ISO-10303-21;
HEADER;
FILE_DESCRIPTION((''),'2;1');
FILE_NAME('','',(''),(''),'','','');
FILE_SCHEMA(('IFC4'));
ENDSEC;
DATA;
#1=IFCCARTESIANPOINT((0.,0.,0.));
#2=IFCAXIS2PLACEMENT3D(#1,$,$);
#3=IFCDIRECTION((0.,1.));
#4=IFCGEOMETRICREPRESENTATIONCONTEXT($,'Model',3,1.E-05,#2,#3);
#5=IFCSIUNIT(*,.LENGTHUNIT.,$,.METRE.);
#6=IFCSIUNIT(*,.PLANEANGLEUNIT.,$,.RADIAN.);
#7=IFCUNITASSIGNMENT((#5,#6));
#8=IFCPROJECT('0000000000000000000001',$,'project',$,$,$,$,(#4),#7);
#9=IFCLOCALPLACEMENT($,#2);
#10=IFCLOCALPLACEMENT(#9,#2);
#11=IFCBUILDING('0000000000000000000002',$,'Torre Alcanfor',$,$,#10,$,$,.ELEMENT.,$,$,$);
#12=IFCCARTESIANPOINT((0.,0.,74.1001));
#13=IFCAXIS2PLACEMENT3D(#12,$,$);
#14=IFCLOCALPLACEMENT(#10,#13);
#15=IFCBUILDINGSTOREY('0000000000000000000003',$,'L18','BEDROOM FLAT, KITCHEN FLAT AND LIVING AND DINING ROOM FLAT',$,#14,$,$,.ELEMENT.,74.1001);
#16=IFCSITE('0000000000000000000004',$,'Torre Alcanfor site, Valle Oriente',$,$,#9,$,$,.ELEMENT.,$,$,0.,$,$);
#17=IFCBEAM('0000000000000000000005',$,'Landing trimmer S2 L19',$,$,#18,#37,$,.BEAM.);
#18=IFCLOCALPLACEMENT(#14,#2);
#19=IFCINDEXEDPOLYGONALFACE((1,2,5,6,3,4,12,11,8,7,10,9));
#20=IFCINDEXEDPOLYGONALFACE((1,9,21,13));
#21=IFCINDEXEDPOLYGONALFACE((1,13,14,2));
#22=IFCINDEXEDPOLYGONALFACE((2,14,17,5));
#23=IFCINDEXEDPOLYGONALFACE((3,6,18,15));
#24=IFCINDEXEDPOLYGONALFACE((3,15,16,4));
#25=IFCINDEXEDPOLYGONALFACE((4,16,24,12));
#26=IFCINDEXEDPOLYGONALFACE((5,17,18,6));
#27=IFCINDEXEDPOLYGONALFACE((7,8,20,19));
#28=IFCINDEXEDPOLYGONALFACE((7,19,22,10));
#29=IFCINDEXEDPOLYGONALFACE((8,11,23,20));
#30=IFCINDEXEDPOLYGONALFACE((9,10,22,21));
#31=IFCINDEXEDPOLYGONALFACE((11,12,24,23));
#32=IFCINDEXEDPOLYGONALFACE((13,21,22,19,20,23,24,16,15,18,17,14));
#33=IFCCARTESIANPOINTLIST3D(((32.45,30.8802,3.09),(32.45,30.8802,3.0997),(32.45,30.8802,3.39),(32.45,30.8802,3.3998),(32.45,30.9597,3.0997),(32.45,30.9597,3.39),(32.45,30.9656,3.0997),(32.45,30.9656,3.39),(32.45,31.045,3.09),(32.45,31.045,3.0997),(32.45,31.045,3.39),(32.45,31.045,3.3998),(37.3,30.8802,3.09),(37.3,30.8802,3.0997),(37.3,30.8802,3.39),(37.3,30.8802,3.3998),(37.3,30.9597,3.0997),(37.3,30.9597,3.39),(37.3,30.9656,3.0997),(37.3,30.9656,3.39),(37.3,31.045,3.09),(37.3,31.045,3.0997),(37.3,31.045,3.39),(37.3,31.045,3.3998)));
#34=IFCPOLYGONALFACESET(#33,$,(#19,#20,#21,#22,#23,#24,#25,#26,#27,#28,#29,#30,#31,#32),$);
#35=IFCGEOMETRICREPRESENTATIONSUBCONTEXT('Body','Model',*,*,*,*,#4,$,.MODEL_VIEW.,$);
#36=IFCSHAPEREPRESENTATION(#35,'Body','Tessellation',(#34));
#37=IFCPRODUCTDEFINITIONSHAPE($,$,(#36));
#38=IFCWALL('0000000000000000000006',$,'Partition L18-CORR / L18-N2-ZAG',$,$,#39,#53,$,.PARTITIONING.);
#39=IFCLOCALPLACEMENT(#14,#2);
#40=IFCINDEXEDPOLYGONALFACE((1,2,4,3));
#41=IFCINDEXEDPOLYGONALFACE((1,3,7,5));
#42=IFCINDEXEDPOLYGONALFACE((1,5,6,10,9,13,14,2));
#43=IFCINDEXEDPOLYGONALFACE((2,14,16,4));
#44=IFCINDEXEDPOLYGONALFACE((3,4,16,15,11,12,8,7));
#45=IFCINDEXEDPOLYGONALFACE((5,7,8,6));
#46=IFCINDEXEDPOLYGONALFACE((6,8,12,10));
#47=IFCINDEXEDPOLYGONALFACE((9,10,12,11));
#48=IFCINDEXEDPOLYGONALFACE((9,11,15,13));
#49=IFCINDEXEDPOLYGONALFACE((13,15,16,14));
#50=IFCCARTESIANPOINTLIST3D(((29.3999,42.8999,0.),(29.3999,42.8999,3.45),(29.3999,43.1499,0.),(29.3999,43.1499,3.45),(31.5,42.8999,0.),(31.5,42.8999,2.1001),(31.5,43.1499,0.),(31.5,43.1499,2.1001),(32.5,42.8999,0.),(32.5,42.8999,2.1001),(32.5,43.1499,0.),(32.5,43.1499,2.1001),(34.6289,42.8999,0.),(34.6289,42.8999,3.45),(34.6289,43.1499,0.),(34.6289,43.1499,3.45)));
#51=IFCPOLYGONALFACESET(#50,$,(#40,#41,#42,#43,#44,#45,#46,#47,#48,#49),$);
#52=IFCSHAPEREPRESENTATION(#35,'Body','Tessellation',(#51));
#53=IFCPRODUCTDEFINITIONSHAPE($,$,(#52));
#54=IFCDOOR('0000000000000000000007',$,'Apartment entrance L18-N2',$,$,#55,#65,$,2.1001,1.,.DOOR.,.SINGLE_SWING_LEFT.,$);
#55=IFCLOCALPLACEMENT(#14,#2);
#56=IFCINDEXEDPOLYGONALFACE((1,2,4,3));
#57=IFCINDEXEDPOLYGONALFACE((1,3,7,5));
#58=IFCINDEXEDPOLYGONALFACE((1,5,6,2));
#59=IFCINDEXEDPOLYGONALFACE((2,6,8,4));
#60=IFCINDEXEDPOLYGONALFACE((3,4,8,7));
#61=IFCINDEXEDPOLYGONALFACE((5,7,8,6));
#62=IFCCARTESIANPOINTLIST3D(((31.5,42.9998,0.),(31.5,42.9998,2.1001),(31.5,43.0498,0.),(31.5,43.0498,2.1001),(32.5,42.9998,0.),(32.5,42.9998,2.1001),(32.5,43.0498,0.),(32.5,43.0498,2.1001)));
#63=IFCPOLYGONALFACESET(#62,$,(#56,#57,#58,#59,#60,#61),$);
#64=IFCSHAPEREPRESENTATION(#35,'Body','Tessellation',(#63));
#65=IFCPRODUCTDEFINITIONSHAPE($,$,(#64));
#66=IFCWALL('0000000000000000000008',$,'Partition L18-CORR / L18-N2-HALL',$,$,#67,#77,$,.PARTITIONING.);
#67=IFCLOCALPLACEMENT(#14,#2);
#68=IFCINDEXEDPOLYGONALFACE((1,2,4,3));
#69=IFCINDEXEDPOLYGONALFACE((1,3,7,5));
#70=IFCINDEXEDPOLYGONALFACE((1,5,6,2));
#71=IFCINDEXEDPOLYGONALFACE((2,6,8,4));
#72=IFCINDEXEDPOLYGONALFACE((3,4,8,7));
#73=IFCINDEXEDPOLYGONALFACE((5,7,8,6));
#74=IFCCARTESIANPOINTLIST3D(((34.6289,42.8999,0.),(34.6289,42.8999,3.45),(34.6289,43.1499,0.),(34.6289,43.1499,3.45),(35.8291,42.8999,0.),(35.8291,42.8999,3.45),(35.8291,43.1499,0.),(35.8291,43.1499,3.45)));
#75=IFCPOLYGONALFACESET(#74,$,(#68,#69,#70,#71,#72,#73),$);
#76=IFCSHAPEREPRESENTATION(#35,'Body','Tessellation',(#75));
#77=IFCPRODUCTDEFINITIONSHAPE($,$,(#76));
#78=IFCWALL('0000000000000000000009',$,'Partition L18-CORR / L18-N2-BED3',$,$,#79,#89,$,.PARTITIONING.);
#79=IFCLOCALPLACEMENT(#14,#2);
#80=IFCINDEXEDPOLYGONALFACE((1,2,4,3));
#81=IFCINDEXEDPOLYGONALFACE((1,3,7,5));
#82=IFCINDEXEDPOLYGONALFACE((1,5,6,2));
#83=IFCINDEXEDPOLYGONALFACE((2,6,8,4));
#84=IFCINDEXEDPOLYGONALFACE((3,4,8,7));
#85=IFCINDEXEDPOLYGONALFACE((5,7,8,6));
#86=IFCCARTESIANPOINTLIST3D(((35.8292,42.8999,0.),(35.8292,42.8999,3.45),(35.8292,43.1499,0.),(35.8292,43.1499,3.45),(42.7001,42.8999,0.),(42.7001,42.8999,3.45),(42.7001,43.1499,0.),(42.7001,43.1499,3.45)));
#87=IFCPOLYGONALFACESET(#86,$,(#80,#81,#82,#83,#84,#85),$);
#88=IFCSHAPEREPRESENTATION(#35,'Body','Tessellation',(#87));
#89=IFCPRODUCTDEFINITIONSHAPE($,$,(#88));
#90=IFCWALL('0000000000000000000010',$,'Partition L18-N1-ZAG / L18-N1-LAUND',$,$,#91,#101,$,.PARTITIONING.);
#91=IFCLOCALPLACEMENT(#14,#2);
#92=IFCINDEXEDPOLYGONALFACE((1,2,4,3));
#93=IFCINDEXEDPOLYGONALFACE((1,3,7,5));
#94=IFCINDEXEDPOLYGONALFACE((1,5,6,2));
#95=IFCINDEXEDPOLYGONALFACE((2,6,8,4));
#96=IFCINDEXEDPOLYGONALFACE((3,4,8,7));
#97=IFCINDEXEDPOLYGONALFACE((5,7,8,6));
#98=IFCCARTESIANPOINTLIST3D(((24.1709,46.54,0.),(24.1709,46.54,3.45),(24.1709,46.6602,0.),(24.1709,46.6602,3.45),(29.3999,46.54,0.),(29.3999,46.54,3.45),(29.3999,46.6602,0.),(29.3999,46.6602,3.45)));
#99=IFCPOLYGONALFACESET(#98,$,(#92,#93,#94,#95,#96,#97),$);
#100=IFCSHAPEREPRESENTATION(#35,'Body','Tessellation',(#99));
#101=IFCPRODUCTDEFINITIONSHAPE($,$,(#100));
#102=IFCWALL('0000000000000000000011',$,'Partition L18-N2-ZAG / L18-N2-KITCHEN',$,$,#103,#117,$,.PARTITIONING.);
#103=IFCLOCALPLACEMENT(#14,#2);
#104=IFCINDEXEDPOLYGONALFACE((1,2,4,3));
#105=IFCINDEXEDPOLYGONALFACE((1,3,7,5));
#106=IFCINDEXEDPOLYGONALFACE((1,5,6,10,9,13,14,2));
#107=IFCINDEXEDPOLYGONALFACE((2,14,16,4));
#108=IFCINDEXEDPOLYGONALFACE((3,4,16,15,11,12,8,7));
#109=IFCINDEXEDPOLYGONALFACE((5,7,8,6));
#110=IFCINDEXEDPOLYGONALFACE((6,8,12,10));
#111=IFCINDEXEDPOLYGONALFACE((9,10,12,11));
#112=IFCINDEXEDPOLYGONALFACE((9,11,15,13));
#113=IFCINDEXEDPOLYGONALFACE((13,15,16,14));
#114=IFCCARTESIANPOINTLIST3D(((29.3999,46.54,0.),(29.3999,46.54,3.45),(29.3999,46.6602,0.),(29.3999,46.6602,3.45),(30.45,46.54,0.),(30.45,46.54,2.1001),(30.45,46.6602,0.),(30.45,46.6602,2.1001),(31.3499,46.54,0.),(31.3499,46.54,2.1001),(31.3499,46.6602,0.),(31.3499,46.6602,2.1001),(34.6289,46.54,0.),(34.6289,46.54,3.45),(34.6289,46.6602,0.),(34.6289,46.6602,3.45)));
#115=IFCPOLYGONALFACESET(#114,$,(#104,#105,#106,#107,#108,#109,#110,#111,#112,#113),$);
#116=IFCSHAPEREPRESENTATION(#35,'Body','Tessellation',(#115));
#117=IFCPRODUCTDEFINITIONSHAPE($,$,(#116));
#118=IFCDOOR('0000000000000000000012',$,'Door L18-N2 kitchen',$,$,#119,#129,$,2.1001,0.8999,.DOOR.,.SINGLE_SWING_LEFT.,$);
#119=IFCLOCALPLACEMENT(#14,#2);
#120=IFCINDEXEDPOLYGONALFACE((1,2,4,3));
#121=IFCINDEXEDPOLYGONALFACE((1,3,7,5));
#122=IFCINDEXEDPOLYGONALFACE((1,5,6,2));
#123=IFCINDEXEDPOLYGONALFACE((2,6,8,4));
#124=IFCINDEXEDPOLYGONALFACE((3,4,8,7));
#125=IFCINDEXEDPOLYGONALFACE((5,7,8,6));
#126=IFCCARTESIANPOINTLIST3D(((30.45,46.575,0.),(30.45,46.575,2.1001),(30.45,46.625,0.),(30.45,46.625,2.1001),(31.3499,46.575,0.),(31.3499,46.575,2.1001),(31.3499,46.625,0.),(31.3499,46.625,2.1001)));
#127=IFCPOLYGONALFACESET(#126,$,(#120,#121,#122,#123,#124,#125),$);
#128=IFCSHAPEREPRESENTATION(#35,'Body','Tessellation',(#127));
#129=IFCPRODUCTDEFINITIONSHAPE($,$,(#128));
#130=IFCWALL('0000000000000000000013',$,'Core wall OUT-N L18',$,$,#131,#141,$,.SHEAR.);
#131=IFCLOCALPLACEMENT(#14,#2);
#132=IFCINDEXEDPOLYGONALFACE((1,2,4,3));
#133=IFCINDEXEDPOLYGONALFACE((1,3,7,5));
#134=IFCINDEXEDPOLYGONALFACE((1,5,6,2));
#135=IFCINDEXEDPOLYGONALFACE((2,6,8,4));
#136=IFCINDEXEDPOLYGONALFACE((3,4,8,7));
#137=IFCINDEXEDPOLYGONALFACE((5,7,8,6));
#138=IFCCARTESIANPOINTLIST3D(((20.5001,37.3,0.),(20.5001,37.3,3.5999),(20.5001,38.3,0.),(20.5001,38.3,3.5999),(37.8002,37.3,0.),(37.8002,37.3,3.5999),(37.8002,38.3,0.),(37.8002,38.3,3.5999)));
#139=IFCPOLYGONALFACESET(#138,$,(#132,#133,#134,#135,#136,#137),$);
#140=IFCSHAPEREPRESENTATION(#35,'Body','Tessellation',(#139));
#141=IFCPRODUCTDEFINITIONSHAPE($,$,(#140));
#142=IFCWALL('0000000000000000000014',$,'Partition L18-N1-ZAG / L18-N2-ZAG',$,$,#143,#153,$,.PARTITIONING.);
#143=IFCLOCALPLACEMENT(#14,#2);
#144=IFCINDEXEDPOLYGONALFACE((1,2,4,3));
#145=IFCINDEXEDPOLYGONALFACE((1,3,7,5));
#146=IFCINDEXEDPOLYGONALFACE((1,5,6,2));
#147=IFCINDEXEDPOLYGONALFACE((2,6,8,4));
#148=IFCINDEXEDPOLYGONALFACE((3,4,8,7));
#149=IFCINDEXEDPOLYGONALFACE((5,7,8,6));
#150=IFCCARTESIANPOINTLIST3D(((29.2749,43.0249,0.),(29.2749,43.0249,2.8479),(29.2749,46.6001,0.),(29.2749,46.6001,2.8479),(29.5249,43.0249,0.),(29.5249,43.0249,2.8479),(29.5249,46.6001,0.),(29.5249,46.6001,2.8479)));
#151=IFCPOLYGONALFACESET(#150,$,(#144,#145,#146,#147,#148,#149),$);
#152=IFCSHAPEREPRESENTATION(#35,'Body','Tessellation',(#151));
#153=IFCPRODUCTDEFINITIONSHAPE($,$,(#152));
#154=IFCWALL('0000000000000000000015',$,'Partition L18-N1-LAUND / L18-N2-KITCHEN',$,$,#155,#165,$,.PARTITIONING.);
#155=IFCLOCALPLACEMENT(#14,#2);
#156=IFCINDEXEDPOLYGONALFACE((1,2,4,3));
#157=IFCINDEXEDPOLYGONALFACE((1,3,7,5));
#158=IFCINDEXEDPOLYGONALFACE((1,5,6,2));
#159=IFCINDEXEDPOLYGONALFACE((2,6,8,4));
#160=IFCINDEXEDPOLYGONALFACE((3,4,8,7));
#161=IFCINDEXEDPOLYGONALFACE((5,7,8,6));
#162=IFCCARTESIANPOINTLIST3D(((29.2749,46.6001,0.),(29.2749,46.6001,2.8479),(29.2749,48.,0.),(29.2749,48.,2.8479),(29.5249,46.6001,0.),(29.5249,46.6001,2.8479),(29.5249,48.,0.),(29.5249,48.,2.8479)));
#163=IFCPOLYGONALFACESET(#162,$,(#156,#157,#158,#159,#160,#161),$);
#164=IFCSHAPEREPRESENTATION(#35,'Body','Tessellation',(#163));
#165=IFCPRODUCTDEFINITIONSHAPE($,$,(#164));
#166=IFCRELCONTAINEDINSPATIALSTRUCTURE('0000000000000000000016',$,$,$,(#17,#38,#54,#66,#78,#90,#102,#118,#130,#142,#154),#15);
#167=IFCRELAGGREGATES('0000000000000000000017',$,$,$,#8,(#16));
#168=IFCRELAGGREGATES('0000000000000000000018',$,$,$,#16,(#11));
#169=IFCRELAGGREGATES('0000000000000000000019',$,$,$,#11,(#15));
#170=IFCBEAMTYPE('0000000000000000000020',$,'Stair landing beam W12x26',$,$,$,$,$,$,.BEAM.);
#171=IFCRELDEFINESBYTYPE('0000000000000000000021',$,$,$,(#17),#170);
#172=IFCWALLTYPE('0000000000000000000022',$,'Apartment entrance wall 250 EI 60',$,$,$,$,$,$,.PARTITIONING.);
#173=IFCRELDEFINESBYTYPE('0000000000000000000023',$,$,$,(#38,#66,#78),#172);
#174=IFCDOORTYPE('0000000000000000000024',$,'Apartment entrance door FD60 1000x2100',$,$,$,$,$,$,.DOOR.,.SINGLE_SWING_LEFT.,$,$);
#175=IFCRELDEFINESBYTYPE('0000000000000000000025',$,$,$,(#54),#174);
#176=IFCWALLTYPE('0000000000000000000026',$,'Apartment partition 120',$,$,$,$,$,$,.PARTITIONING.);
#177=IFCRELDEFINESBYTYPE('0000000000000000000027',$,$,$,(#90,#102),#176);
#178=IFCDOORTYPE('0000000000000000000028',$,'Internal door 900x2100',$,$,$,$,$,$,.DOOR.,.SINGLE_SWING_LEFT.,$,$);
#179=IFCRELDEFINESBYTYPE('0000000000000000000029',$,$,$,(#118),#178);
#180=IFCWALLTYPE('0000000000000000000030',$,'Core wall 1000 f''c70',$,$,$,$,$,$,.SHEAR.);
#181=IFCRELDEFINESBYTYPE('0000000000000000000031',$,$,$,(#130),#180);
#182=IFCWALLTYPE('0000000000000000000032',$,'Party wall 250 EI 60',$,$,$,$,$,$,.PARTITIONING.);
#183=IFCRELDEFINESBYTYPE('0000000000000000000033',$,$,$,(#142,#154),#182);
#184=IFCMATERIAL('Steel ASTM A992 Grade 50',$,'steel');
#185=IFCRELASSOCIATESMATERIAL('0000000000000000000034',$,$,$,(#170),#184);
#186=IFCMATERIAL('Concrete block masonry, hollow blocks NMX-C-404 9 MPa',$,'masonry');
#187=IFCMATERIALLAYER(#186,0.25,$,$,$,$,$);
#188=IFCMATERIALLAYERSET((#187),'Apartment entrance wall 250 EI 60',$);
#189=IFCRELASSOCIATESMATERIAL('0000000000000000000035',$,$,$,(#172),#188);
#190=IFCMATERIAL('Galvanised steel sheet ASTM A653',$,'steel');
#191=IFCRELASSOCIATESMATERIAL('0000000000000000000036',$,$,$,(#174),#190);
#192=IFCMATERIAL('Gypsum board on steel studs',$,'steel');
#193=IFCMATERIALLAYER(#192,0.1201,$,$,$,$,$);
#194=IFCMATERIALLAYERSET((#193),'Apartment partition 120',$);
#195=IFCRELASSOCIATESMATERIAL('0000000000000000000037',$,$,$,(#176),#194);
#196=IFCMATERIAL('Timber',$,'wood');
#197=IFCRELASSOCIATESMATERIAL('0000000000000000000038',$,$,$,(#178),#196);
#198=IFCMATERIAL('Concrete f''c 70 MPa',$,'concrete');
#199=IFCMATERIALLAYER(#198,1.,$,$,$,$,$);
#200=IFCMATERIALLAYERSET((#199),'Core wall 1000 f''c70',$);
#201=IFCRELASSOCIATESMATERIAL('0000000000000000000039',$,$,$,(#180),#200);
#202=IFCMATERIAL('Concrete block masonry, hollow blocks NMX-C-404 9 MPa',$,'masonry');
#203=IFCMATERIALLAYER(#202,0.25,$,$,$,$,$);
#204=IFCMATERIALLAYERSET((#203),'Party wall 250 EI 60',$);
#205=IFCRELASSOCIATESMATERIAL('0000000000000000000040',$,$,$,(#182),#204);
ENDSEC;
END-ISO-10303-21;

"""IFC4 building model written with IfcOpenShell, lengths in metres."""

from ifc_helpers import new_model, si_unit, direction, frame, frame_2d, origin, origin_2d, place, context, subcontext, project, spatial, rectangle, i_section, extrude, material, layer, layer_set, material_profile, profile_set, type_object, element, fill, save


model = new_model("IFC4")

# Units and contexts
model_context = context("Model", 3, precision=1e-05, world=origin(), true_north=direction((0.0, 1.0)))
body_context = subcontext(model_context, "Body", "Model", "MODEL_VIEW")
ifc_project = project(units=[si_unit("LENGTHUNIT", "METRE"), si_unit("PLANEANGLEUNIT", "RADIAN")], contexts=[model_context])

# Site, building, storey
site_placement = place(None, origin())
site = spatial("IfcSite", under=ifc_project, at=site_placement, Name="Torre Alcanfor site, Valle Oriente", CompositionType="ELEMENT", RefElevation=0.0)
building_placement = place(site_placement, origin())
building = spatial("IfcBuilding", under=site, at=building_placement, Name="Torre Alcanfor", CompositionType="ELEMENT")
storey_placement = place(building_placement, frame((0.0, 0.0, 74.1001)))
storey = spatial("IfcBuildingStorey", under=building, at=storey_placement, Name="L18", Description="BEDROOM FLAT, KITCHEN FLAT AND LIVING AND DINING ROOM FLAT", CompositionType="ELEMENT", Elevation=74.1001)

# Beam
ifc_material_1 = material(Name="Steel ASTM A992 Grade 50", Category="steel")
ifc_material_profile_1 = material_profile(ifc_material_1, i_section(OverallWidth=0.1648, OverallDepth=0.3098, WebThickness=0.0059, FlangeThickness=0.0098, at=origin_2d()), Name="W12x26")
ifc_profile_set_1 = profile_set([ifc_material_profile_1], Name="Steel ASTM A992 Grade 50")
beam_type_1 = type_object("IfcBeamType", Name="Stair landing beam W12x26", PredefinedType="BEAM", material=ifc_profile_set_1)
beam_1_placement = place(storey_placement, frame((32.45, 30.9626, 3.2449), z_axis=(1.0, 0.0, 0.0), x_axis=(0.0, 1.0, 0.0)))
element("IfcBeam", 1, at=beam_1_placement, inside=storey, type_object=beam_type_1, Name="Landing trimmer S2 L19", PredefinedType="BEAM", context=body_context, shape_type="SweptSolid", body=[
    extrude(i_section(OverallWidth=0.1648, OverallDepth=0.3098, WebThickness=0.0059, FlangeThickness=0.0098, at=origin_2d()), origin(), (0.0, 0.0, 1.0), 4.8501),
])

# Wall, opening, door
ifc_material_2 = material(Name="Concrete block masonry, hollow blocks NMX-C-404 9 MPa", Category="masonry")
ifc_layer_1 = layer(ifc_material_2, 0.25)
ifc_layer_set_1 = layer_set([ifc_layer_1], Name="Apartment entrance wall 250 EI 60")
wall_type_1 = type_object("IfcWallType", Name="Apartment entrance wall 250 EI 60", PredefinedType="PARTITIONING", material=ifc_layer_set_1)
wall_1_placement = place(storey_placement, frame((29.3999, 43.0249, 0.0), z_axis=(0.0, 0.0, 1.0), x_axis=(1.0, 0.0, 0.0)))
wall_1 = element("IfcWall", 2, at=wall_1_placement, inside=storey, type_object=wall_type_1, Name="Partition L18-CORR / L18-N2-ZAG", PredefinedType="PARTITIONING", context=body_context, shape_type="SweptSolid", body=[
    extrude(rectangle(XDim=5.229, YDim=0.25, at=frame_2d((2.6145, 0.0))), origin(), (0.0, 0.0, 1.0), 3.45),
])
opening_1_placement = place(wall_1_placement, frame((2.1001, 0.0, 0.0)))
opening_1 = element("IfcOpeningElement", 3, at=opening_1_placement, cuts=wall_1, PredefinedType="OPENING", context=body_context, shape_type="SweptSolid", body=[
    extrude(rectangle(XDim=1.0, YDim=2.1001, at=frame_2d((0.5, 1.05))), frame((0.0, 0.135, 0.0), z_axis=(0.0, -1.0, 0.0), x_axis=(1.0, 0.0, 0.0)), (0.0, 0.0, 1.0), 0.27),
])
ifc_material_3 = material(Name="Galvanised steel sheet ASTM A653", Category="steel")
door_type_1 = type_object("IfcDoorType", Name="Apartment entrance door FD60 1000x2100", OperationType="SINGLE_SWING_LEFT", PredefinedType="DOOR", material=ifc_material_3)
door_1_placement = place(opening_1_placement, origin())
door_1 = element("IfcDoor", 4, at=door_1_placement, inside=storey, type_object=door_type_1, Name="Apartment entrance L18-N2", OperationType="SINGLE_SWING_LEFT", OverallHeight=2.1001, OverallWidth=1.0, PredefinedType="DOOR", context=body_context, shape_type="SweptSolid", body=[
    extrude(rectangle(XDim=1.0, YDim=2.1001, at=frame_2d((0.5, 1.05))), frame((0.0, 0.0249, 0.0), z_axis=(0.0, -1.0, 0.0), x_axis=(1.0, 0.0, 0.0)), (0.0, 0.0, 1.0), 0.05),
])
fill(opening_1, door_1)

# Walls
wall_2_placement = place(storey_placement, frame((34.6289, 43.0249, 0.0), z_axis=(0.0, 0.0, 1.0), x_axis=(1.0, 0.0, 0.0)))
element("IfcWall", 5, at=wall_2_placement, inside=storey, type_object=wall_type_1, Name="Partition L18-CORR / L18-N2-HALL", PredefinedType="PARTITIONING", context=body_context, shape_type="SweptSolid", body=[
    extrude(rectangle(XDim=1.2002, YDim=0.25, at=frame_2d((0.6001, 0.0))), origin(), (0.0, 0.0, 1.0), 3.45),
])
wall_3_placement = place(storey_placement, frame((35.8291, 43.0249, 0.0), z_axis=(0.0, 0.0, 1.0), x_axis=(1.0, 0.0, 0.0)))
element("IfcWall", 6, at=wall_3_placement, inside=storey, type_object=wall_type_1, Name="Partition L18-CORR / L18-N2-BED3", PredefinedType="PARTITIONING", context=body_context, shape_type="SweptSolid", body=[
    extrude(rectangle(XDim=6.8708, YDim=0.25, at=frame_2d((3.4355, 0.0))), origin(), (0.0, 0.0, 1.0), 3.45),
])
ifc_material_4 = material(Name="Gypsum board on steel studs", Category="steel")
ifc_layer_2 = layer(ifc_material_4, 0.1201)
ifc_layer_set_2 = layer_set([ifc_layer_2], Name="Apartment partition 120")
wall_type_2 = type_object("IfcWallType", Name="Apartment partition 120", PredefinedType="PARTITIONING", material=ifc_layer_set_2)
wall_4_placement = place(storey_placement, frame((29.3999, 46.6001, 0.0), z_axis=(0.0, 0.0, 1.0), x_axis=(-1.0, 0.0, 0.0)))
element("IfcWall", 7, at=wall_4_placement, inside=storey, type_object=wall_type_2, Name="Partition L18-N1-ZAG / L18-N1-LAUND", PredefinedType="PARTITIONING", context=body_context, shape_type="SweptSolid", body=[
    extrude(rectangle(XDim=5.229, YDim=0.1201, at=frame_2d((2.6145, 0.0))), origin(), (0.0, 0.0, 1.0), 3.45),
])

# Wall, opening, door
wall_5_placement = place(storey_placement, frame((29.3999, 46.6001, 0.0), z_axis=(0.0, 0.0, 1.0), x_axis=(1.0, 0.0, 0.0)))
wall_5 = element("IfcWall", 8, at=wall_5_placement, inside=storey, type_object=wall_type_2, Name="Partition L18-N2-ZAG / L18-N2-KITCHEN", PredefinedType="PARTITIONING", context=body_context, shape_type="SweptSolid", body=[
    extrude(rectangle(XDim=5.229, YDim=0.1201, at=frame_2d((2.6145, 0.0))), origin(), (0.0, 0.0, 1.0), 3.45),
])
opening_2_placement = place(wall_5_placement, frame((1.05, 0.0, 0.0)))
opening_2 = element("IfcOpeningElement", 9, at=opening_2_placement, cuts=wall_5, PredefinedType="OPENING", context=body_context, shape_type="SweptSolid", body=[
    extrude(rectangle(XDim=0.8999, YDim=2.1001, at=frame_2d((0.45, 1.05))), frame((0.0, 0.0701, 0.0), z_axis=(0.0, -1.0, 0.0), x_axis=(1.0, 0.0, 0.0)), (0.0, 0.0, 1.0), 0.1401),
])
ifc_material_5 = material(Name="Timber", Category="wood")
door_type_2 = type_object("IfcDoorType", Name="Internal door 900x2100", OperationType="SINGLE_SWING_LEFT", PredefinedType="DOOR", material=ifc_material_5)
door_2_placement = place(opening_2_placement, origin())
door_2 = element("IfcDoor", 10, at=door_2_placement, inside=storey, type_object=door_type_2, Name="Door L18-N2 kitchen", OperationType="SINGLE_SWING_LEFT", OverallHeight=2.1001, OverallWidth=0.8999, PredefinedType="DOOR", context=body_context, shape_type="SweptSolid", body=[
    extrude(rectangle(XDim=0.8999, YDim=2.1001, at=frame_2d((0.45, 1.05))), frame((0.0, 0.0249, 0.0), z_axis=(0.0, -1.0, 0.0), x_axis=(1.0, 0.0, 0.0)), (0.0, 0.0, 1.0), 0.05),
])
fill(opening_2, door_2)

# Walls
ifc_material_6 = material(Name="Concrete f'c 70 MPa", Category="concrete")
ifc_layer_3 = layer(ifc_material_6, 1.0)
ifc_layer_set_3 = layer_set([ifc_layer_3], Name="Core wall 1000 f'c70")
wall_type_3 = type_object("IfcWallType", Name="Core wall 1000 f'c70", PredefinedType="SHEAR", material=ifc_layer_set_3)
wall_6_placement = place(storey_placement, frame((37.8, 37.8, 0.0), z_axis=(0.0, 0.0, 1.0), x_axis=(-1.0, 0.0, 0.0)))
element("IfcWall", 11, at=wall_6_placement, inside=storey, type_object=wall_type_3, Name="Core wall OUT-N L18", PredefinedType="SHEAR", context=body_context, shape_type="SweptSolid", body=[
    extrude(rectangle(XDim=17.3, YDim=1.0, at=frame_2d((8.6499, 0.0))), origin(), (0.0, 0.0, 1.0), 3.5999),
])
ifc_material_7 = material(Name="Concrete block masonry, hollow blocks NMX-C-404 9 MPa", Category="masonry")
ifc_layer_4 = layer(ifc_material_7, 0.25)
ifc_layer_set_4 = layer_set([ifc_layer_4], Name="Party wall 250 EI 60")
wall_type_4 = type_object("IfcWallType", Name="Party wall 250 EI 60", PredefinedType="PARTITIONING", material=ifc_layer_set_4)
wall_7_placement = place(storey_placement, frame((29.3999, 43.0249, 0.0), z_axis=(0.0, 0.0, 1.0), x_axis=(0.0, 1.0, 0.0)))
element("IfcWall", 12, at=wall_7_placement, inside=storey, type_object=wall_type_4, Name="Partition L18-N1-ZAG / L18-N2-ZAG", PredefinedType="PARTITIONING", context=body_context, shape_type="SweptSolid", body=[
    extrude(rectangle(XDim=3.5752, YDim=0.25, at=frame_2d((1.7876, 0.0))), origin(), (0.0, 0.0, 1.0), 2.8479),
])
wall_8_placement = place(storey_placement, frame((29.3999, 46.6001, 0.0), z_axis=(0.0, 0.0, 1.0), x_axis=(0.0, 1.0, 0.0)))
element("IfcWall", 13, at=wall_8_placement, inside=storey, type_object=wall_type_4, Name="Partition L18-N1-LAUND / L18-N2-KITCHEN", PredefinedType="PARTITIONING", context=body_context, shape_type="SweptSolid", body=[
    extrude(rectangle(XDim=1.3999, YDim=0.25, at=frame_2d((0.7, 0.0))), origin(), (0.0, 0.0, 1.0), 2.8479),
])

save(model, "model.ifc")
